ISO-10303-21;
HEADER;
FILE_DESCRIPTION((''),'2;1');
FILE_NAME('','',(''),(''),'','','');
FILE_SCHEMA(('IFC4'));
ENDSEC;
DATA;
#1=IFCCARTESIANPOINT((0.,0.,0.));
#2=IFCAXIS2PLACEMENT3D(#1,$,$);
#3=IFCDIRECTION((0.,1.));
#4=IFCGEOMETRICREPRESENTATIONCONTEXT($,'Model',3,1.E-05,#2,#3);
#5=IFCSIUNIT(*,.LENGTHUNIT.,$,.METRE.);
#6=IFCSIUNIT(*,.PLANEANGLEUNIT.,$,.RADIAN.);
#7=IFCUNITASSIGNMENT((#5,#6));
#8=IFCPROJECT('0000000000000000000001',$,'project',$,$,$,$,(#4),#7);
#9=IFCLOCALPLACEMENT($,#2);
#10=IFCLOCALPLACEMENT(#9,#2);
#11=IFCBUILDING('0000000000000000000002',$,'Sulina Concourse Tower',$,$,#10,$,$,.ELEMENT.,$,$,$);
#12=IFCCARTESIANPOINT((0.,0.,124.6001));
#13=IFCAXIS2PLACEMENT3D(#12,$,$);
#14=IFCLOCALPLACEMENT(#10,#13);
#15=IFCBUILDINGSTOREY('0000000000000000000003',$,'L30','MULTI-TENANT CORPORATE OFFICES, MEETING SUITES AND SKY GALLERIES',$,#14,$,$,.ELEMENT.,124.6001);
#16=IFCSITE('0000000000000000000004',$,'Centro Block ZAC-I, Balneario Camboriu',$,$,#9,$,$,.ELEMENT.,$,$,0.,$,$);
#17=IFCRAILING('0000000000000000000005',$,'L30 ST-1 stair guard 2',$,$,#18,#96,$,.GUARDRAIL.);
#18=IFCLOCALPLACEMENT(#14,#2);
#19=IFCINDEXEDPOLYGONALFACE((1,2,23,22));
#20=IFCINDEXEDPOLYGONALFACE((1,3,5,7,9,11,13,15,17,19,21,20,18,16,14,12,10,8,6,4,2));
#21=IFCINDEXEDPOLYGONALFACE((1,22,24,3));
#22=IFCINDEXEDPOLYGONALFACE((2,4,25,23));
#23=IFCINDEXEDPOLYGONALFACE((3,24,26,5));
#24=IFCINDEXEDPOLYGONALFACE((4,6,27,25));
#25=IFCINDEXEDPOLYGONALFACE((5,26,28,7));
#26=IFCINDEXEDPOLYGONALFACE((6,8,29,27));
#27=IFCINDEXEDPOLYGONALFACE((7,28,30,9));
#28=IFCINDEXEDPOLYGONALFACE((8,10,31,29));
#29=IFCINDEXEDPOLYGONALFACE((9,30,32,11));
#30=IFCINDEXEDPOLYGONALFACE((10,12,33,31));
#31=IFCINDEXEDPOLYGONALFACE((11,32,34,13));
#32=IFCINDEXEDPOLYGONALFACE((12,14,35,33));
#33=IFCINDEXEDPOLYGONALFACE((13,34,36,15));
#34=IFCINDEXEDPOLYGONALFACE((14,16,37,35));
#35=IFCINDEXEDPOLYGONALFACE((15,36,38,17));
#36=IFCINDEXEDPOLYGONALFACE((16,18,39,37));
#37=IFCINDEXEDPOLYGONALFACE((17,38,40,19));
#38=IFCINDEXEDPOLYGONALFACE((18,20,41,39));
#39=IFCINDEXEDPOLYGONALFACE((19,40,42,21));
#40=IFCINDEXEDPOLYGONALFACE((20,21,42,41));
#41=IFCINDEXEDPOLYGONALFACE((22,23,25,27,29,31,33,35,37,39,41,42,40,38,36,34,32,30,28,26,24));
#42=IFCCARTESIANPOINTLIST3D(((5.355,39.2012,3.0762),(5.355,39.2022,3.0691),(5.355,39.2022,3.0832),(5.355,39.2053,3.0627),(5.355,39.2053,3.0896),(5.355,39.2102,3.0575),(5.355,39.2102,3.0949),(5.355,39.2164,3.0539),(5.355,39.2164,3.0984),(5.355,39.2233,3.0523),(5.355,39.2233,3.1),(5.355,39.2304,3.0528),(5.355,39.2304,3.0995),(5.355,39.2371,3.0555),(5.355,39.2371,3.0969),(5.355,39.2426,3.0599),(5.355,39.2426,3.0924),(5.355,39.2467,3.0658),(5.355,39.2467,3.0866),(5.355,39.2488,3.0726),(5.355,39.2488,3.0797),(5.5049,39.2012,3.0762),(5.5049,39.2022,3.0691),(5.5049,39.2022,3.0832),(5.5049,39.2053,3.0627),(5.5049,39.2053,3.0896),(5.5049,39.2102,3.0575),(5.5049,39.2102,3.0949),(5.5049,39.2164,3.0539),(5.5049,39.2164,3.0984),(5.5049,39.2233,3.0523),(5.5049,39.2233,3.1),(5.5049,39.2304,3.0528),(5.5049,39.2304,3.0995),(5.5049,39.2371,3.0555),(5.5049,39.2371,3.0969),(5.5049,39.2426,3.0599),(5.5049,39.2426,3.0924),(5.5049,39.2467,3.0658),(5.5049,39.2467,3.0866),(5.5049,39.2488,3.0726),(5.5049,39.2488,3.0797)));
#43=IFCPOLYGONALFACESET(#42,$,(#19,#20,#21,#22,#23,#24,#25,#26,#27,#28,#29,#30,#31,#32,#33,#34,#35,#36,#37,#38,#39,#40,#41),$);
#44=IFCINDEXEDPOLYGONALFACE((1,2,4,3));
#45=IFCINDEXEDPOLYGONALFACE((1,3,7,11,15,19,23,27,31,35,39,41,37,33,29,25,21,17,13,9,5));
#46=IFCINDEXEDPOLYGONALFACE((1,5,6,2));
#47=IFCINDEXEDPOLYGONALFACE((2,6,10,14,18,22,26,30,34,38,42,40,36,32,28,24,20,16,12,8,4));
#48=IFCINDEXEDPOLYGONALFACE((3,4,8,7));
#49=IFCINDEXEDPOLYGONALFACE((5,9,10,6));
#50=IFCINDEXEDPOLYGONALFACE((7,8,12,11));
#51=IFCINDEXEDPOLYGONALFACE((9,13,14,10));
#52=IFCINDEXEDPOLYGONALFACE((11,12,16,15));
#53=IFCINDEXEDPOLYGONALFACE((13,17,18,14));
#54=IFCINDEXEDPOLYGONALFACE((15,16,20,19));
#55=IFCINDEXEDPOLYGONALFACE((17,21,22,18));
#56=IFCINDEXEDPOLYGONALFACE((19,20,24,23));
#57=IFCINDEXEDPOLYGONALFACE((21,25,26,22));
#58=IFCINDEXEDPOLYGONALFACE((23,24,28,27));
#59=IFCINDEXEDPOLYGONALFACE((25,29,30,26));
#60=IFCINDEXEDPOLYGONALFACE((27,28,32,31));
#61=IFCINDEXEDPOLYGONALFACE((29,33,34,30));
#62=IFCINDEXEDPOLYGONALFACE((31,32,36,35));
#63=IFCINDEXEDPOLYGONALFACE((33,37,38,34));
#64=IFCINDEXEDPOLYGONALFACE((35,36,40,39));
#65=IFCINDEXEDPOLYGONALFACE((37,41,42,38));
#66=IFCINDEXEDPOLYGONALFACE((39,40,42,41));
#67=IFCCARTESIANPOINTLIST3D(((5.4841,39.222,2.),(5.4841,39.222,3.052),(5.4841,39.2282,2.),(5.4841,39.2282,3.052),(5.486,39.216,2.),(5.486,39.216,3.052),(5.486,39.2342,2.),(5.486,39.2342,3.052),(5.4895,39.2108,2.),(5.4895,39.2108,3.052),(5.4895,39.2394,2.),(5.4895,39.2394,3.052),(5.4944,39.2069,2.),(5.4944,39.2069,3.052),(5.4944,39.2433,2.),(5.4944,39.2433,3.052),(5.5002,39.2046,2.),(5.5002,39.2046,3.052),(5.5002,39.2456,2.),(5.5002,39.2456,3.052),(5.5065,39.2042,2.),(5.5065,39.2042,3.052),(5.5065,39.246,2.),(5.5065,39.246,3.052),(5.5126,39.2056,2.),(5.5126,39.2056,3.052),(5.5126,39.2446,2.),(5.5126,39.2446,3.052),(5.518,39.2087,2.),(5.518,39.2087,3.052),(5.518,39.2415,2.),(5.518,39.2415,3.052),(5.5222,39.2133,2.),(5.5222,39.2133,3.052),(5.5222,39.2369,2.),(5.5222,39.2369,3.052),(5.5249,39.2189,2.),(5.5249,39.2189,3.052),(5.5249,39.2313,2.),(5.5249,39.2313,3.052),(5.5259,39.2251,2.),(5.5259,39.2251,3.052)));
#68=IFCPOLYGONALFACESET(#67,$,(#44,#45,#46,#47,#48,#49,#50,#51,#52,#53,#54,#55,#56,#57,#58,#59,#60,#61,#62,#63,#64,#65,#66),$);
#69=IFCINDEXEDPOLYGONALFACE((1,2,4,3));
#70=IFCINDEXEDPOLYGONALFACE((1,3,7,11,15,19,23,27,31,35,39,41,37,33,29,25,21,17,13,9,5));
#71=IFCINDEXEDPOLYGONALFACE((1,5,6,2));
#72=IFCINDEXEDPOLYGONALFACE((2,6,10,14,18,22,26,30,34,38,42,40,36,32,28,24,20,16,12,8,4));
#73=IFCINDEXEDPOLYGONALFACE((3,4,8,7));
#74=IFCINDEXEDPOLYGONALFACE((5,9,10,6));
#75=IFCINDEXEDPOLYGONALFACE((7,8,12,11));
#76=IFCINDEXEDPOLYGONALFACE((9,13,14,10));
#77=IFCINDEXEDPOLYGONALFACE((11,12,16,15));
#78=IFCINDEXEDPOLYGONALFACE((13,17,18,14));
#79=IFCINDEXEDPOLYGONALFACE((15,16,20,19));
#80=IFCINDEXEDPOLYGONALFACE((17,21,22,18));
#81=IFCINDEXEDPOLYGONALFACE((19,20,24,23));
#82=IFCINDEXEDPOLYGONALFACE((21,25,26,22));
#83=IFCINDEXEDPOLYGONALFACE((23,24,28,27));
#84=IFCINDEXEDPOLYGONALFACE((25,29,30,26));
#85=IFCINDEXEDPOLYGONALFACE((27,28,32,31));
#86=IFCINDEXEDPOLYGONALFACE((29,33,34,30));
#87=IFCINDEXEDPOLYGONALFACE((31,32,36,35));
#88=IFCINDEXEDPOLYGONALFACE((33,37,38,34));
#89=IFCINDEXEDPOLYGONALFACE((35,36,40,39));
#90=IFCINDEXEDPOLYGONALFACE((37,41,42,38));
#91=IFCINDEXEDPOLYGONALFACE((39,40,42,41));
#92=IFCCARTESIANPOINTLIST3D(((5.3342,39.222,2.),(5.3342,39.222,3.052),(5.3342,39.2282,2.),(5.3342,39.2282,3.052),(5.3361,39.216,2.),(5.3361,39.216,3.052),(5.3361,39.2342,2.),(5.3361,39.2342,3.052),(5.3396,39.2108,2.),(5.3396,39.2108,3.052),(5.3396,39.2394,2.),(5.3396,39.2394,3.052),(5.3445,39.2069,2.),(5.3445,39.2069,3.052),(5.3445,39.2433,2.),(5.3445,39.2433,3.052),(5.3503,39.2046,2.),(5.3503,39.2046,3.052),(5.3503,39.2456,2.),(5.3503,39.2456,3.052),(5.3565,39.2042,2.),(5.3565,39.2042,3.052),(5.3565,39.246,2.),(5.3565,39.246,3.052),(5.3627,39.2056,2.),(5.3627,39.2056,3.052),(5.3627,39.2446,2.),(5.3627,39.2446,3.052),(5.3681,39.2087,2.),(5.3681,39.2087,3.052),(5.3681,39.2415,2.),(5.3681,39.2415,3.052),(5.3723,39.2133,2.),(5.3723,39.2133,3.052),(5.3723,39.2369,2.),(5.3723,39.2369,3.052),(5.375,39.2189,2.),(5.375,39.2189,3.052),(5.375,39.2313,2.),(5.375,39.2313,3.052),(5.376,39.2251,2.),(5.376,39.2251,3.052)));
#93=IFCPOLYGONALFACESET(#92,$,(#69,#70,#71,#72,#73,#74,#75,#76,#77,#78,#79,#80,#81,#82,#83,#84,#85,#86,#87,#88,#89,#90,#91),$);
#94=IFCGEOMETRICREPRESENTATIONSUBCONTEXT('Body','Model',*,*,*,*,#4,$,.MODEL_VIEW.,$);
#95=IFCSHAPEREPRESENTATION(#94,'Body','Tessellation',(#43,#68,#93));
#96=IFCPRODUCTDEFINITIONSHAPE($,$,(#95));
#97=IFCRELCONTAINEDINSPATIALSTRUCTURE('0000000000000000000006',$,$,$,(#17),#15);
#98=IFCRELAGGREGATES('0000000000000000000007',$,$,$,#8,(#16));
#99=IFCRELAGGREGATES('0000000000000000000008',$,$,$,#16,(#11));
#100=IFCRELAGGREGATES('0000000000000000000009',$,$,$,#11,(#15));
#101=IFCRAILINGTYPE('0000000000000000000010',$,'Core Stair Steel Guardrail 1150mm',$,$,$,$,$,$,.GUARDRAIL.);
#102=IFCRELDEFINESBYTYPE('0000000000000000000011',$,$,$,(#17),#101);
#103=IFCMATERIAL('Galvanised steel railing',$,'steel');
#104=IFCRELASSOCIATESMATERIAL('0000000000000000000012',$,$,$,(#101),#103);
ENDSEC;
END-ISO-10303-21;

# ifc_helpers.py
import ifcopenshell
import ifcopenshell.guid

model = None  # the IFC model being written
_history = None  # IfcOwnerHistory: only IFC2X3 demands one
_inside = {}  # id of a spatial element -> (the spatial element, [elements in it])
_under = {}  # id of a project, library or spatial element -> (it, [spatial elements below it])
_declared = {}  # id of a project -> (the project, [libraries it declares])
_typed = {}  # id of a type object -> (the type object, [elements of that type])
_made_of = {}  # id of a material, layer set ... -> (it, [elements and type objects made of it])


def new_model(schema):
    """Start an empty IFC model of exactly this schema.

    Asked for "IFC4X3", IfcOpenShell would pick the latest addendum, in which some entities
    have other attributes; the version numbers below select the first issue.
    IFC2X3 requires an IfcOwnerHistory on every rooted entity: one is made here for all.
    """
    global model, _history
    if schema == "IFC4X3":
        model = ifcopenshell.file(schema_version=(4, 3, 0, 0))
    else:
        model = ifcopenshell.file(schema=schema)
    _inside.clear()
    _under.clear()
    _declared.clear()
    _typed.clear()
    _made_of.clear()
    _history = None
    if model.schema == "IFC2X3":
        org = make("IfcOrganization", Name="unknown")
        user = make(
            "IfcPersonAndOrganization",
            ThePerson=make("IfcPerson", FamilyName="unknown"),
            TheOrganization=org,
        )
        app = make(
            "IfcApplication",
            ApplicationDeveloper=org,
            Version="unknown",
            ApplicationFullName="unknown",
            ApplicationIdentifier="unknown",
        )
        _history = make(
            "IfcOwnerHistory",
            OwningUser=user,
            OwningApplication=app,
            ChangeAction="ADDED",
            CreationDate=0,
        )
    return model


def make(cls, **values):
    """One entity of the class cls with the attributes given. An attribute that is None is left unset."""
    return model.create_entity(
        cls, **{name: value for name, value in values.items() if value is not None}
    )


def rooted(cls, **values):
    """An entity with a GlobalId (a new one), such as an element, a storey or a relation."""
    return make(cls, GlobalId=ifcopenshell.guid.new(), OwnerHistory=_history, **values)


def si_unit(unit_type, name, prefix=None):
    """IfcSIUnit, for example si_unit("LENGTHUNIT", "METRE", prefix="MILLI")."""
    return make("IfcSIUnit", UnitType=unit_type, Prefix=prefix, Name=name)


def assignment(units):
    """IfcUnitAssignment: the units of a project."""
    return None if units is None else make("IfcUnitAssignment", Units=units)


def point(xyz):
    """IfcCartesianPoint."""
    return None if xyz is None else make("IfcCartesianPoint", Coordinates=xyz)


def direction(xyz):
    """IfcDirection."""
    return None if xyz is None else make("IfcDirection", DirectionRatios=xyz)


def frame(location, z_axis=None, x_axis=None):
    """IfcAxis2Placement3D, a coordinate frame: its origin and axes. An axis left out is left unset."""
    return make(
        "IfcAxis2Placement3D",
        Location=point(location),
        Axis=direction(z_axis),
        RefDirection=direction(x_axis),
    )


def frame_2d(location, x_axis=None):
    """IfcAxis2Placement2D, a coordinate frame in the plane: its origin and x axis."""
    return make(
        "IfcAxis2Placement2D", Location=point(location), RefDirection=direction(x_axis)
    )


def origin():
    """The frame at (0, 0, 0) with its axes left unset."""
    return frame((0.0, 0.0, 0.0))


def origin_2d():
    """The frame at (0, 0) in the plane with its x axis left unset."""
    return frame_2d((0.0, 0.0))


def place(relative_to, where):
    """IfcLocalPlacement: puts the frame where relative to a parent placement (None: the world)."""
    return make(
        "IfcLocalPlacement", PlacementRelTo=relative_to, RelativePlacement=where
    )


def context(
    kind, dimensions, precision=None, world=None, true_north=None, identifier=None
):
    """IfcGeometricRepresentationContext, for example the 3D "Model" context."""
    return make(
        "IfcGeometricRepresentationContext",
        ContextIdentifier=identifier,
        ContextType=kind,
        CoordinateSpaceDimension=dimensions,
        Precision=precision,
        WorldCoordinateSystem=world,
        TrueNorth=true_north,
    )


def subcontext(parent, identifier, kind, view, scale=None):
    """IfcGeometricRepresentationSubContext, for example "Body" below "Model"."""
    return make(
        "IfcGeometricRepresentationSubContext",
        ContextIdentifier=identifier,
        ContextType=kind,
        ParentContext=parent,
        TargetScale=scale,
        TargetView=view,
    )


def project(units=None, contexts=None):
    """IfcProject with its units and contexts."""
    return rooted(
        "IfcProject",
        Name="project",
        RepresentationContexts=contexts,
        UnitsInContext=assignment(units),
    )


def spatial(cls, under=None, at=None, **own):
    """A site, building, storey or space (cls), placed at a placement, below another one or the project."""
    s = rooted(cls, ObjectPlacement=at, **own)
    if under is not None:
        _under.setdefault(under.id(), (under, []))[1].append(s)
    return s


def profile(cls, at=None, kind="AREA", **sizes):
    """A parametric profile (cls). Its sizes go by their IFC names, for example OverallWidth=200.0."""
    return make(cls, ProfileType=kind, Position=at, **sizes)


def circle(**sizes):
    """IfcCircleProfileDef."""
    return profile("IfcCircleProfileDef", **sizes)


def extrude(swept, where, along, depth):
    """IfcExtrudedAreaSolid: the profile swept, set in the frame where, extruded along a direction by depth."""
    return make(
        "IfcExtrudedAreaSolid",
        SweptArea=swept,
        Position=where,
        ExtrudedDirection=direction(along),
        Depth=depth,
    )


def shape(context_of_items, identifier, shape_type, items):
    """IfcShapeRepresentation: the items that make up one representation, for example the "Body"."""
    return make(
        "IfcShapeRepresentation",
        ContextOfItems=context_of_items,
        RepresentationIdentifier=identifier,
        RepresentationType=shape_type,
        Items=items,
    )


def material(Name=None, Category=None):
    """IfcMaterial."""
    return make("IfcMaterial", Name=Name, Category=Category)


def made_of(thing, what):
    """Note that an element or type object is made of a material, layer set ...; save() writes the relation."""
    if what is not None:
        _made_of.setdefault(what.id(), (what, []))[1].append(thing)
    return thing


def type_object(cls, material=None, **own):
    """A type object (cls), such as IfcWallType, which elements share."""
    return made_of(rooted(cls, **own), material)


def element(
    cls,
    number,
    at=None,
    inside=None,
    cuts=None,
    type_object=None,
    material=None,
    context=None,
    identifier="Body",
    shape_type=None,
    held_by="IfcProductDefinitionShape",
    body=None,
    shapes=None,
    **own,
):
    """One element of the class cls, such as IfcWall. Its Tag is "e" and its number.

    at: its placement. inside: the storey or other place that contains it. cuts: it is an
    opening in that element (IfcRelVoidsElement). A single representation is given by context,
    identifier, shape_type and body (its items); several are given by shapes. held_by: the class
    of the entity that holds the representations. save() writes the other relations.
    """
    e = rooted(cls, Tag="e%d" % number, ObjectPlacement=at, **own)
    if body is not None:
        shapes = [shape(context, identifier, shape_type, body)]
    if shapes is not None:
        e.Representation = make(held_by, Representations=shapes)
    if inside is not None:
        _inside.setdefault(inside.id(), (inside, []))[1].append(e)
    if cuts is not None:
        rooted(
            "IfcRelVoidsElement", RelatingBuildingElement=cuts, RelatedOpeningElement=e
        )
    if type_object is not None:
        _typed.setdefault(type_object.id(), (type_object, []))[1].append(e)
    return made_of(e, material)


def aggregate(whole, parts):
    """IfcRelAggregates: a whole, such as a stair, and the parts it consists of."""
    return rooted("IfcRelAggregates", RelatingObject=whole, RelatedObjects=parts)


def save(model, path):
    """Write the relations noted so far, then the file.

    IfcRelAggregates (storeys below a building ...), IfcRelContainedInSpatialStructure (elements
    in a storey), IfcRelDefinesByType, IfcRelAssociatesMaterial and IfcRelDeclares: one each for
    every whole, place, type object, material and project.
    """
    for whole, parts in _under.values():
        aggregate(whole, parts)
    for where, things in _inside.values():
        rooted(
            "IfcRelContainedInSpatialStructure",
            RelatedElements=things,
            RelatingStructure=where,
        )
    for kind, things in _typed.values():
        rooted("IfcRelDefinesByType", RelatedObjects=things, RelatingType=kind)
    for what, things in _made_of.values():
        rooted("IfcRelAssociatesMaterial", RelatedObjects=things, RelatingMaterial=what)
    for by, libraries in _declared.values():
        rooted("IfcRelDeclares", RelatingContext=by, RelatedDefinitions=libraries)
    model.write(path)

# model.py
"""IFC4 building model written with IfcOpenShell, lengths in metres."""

from ifc_helpers import new_model, si_unit, direction, frame, origin, origin_2d, place, context, subcontext, project, spatial, circle, extrude, material, type_object, element, save


model = new_model("IFC4")

# Units and contexts
model_context = context("Model", 3, precision=1e-05, world=origin(), true_north=direction((0.0, 1.0)))
body_context = subcontext(model_context, "Body", "Model", "MODEL_VIEW")
ifc_project = project(units=[si_unit("LENGTHUNIT", "METRE"), si_unit("PLANEANGLEUNIT", "RADIAN")], contexts=[model_context])

# Site, building, storey
site_placement = place(None, origin())
site = spatial("IfcSite", under=ifc_project, at=site_placement, Name="Centro Block ZAC-I, Balneario Camboriu", CompositionType="ELEMENT", RefElevation=0.0)
building_placement = place(site_placement, origin())
building = spatial("IfcBuilding", under=site, at=building_placement, Name="Sulina Concourse Tower", CompositionType="ELEMENT")
storey_placement = place(building_placement, frame((0.0, 0.0, 124.6001)))
storey = spatial("IfcBuildingStorey", under=building, at=storey_placement, Name="L30", Description="MULTI-TENANT CORPORATE OFFICES, MEETING SUITES AND SKY GALLERIES", CompositionType="ELEMENT", Elevation=124.6001)

# Railing
ifc_material_1 = material(Name="Galvanised steel railing", Category="steel")
railing_type_1 = type_object("IfcRailingType", Name="Core Stair Steel Guardrail 1150mm", PredefinedType="GUARDRAIL", material=ifc_material_1)
railing_1_placement = place(storey_placement, frame((5.5049, 39.2251, 2.0)))
element("IfcRailing", 1, at=railing_1_placement, inside=storey, type_object=railing_type_1, Name="L30 ST-1 stair guard 2", PredefinedType="GUARDRAIL", context=body_context, shape_type="SweptSolid", body=[
    extrude(circle(Radius=0.0239, at=origin_2d()), frame((0.0, 0.0, 1.0762), z_axis=(-1.0, 0.0, 0.0), x_axis=(0.0, -1.0, 0.0)), (0.0, 0.0, 1.0), 0.1499),
    extrude(circle(Radius=0.021, at=origin_2d()), origin(), (0.0, 0.0, 1.0), 1.052),
    extrude(circle(Radius=0.021, at=origin_2d()), frame((-0.1499, 0.0, 0.0)), (0.0, 0.0, 1.0), 1.052),
])

save(model, "model.ifc")
